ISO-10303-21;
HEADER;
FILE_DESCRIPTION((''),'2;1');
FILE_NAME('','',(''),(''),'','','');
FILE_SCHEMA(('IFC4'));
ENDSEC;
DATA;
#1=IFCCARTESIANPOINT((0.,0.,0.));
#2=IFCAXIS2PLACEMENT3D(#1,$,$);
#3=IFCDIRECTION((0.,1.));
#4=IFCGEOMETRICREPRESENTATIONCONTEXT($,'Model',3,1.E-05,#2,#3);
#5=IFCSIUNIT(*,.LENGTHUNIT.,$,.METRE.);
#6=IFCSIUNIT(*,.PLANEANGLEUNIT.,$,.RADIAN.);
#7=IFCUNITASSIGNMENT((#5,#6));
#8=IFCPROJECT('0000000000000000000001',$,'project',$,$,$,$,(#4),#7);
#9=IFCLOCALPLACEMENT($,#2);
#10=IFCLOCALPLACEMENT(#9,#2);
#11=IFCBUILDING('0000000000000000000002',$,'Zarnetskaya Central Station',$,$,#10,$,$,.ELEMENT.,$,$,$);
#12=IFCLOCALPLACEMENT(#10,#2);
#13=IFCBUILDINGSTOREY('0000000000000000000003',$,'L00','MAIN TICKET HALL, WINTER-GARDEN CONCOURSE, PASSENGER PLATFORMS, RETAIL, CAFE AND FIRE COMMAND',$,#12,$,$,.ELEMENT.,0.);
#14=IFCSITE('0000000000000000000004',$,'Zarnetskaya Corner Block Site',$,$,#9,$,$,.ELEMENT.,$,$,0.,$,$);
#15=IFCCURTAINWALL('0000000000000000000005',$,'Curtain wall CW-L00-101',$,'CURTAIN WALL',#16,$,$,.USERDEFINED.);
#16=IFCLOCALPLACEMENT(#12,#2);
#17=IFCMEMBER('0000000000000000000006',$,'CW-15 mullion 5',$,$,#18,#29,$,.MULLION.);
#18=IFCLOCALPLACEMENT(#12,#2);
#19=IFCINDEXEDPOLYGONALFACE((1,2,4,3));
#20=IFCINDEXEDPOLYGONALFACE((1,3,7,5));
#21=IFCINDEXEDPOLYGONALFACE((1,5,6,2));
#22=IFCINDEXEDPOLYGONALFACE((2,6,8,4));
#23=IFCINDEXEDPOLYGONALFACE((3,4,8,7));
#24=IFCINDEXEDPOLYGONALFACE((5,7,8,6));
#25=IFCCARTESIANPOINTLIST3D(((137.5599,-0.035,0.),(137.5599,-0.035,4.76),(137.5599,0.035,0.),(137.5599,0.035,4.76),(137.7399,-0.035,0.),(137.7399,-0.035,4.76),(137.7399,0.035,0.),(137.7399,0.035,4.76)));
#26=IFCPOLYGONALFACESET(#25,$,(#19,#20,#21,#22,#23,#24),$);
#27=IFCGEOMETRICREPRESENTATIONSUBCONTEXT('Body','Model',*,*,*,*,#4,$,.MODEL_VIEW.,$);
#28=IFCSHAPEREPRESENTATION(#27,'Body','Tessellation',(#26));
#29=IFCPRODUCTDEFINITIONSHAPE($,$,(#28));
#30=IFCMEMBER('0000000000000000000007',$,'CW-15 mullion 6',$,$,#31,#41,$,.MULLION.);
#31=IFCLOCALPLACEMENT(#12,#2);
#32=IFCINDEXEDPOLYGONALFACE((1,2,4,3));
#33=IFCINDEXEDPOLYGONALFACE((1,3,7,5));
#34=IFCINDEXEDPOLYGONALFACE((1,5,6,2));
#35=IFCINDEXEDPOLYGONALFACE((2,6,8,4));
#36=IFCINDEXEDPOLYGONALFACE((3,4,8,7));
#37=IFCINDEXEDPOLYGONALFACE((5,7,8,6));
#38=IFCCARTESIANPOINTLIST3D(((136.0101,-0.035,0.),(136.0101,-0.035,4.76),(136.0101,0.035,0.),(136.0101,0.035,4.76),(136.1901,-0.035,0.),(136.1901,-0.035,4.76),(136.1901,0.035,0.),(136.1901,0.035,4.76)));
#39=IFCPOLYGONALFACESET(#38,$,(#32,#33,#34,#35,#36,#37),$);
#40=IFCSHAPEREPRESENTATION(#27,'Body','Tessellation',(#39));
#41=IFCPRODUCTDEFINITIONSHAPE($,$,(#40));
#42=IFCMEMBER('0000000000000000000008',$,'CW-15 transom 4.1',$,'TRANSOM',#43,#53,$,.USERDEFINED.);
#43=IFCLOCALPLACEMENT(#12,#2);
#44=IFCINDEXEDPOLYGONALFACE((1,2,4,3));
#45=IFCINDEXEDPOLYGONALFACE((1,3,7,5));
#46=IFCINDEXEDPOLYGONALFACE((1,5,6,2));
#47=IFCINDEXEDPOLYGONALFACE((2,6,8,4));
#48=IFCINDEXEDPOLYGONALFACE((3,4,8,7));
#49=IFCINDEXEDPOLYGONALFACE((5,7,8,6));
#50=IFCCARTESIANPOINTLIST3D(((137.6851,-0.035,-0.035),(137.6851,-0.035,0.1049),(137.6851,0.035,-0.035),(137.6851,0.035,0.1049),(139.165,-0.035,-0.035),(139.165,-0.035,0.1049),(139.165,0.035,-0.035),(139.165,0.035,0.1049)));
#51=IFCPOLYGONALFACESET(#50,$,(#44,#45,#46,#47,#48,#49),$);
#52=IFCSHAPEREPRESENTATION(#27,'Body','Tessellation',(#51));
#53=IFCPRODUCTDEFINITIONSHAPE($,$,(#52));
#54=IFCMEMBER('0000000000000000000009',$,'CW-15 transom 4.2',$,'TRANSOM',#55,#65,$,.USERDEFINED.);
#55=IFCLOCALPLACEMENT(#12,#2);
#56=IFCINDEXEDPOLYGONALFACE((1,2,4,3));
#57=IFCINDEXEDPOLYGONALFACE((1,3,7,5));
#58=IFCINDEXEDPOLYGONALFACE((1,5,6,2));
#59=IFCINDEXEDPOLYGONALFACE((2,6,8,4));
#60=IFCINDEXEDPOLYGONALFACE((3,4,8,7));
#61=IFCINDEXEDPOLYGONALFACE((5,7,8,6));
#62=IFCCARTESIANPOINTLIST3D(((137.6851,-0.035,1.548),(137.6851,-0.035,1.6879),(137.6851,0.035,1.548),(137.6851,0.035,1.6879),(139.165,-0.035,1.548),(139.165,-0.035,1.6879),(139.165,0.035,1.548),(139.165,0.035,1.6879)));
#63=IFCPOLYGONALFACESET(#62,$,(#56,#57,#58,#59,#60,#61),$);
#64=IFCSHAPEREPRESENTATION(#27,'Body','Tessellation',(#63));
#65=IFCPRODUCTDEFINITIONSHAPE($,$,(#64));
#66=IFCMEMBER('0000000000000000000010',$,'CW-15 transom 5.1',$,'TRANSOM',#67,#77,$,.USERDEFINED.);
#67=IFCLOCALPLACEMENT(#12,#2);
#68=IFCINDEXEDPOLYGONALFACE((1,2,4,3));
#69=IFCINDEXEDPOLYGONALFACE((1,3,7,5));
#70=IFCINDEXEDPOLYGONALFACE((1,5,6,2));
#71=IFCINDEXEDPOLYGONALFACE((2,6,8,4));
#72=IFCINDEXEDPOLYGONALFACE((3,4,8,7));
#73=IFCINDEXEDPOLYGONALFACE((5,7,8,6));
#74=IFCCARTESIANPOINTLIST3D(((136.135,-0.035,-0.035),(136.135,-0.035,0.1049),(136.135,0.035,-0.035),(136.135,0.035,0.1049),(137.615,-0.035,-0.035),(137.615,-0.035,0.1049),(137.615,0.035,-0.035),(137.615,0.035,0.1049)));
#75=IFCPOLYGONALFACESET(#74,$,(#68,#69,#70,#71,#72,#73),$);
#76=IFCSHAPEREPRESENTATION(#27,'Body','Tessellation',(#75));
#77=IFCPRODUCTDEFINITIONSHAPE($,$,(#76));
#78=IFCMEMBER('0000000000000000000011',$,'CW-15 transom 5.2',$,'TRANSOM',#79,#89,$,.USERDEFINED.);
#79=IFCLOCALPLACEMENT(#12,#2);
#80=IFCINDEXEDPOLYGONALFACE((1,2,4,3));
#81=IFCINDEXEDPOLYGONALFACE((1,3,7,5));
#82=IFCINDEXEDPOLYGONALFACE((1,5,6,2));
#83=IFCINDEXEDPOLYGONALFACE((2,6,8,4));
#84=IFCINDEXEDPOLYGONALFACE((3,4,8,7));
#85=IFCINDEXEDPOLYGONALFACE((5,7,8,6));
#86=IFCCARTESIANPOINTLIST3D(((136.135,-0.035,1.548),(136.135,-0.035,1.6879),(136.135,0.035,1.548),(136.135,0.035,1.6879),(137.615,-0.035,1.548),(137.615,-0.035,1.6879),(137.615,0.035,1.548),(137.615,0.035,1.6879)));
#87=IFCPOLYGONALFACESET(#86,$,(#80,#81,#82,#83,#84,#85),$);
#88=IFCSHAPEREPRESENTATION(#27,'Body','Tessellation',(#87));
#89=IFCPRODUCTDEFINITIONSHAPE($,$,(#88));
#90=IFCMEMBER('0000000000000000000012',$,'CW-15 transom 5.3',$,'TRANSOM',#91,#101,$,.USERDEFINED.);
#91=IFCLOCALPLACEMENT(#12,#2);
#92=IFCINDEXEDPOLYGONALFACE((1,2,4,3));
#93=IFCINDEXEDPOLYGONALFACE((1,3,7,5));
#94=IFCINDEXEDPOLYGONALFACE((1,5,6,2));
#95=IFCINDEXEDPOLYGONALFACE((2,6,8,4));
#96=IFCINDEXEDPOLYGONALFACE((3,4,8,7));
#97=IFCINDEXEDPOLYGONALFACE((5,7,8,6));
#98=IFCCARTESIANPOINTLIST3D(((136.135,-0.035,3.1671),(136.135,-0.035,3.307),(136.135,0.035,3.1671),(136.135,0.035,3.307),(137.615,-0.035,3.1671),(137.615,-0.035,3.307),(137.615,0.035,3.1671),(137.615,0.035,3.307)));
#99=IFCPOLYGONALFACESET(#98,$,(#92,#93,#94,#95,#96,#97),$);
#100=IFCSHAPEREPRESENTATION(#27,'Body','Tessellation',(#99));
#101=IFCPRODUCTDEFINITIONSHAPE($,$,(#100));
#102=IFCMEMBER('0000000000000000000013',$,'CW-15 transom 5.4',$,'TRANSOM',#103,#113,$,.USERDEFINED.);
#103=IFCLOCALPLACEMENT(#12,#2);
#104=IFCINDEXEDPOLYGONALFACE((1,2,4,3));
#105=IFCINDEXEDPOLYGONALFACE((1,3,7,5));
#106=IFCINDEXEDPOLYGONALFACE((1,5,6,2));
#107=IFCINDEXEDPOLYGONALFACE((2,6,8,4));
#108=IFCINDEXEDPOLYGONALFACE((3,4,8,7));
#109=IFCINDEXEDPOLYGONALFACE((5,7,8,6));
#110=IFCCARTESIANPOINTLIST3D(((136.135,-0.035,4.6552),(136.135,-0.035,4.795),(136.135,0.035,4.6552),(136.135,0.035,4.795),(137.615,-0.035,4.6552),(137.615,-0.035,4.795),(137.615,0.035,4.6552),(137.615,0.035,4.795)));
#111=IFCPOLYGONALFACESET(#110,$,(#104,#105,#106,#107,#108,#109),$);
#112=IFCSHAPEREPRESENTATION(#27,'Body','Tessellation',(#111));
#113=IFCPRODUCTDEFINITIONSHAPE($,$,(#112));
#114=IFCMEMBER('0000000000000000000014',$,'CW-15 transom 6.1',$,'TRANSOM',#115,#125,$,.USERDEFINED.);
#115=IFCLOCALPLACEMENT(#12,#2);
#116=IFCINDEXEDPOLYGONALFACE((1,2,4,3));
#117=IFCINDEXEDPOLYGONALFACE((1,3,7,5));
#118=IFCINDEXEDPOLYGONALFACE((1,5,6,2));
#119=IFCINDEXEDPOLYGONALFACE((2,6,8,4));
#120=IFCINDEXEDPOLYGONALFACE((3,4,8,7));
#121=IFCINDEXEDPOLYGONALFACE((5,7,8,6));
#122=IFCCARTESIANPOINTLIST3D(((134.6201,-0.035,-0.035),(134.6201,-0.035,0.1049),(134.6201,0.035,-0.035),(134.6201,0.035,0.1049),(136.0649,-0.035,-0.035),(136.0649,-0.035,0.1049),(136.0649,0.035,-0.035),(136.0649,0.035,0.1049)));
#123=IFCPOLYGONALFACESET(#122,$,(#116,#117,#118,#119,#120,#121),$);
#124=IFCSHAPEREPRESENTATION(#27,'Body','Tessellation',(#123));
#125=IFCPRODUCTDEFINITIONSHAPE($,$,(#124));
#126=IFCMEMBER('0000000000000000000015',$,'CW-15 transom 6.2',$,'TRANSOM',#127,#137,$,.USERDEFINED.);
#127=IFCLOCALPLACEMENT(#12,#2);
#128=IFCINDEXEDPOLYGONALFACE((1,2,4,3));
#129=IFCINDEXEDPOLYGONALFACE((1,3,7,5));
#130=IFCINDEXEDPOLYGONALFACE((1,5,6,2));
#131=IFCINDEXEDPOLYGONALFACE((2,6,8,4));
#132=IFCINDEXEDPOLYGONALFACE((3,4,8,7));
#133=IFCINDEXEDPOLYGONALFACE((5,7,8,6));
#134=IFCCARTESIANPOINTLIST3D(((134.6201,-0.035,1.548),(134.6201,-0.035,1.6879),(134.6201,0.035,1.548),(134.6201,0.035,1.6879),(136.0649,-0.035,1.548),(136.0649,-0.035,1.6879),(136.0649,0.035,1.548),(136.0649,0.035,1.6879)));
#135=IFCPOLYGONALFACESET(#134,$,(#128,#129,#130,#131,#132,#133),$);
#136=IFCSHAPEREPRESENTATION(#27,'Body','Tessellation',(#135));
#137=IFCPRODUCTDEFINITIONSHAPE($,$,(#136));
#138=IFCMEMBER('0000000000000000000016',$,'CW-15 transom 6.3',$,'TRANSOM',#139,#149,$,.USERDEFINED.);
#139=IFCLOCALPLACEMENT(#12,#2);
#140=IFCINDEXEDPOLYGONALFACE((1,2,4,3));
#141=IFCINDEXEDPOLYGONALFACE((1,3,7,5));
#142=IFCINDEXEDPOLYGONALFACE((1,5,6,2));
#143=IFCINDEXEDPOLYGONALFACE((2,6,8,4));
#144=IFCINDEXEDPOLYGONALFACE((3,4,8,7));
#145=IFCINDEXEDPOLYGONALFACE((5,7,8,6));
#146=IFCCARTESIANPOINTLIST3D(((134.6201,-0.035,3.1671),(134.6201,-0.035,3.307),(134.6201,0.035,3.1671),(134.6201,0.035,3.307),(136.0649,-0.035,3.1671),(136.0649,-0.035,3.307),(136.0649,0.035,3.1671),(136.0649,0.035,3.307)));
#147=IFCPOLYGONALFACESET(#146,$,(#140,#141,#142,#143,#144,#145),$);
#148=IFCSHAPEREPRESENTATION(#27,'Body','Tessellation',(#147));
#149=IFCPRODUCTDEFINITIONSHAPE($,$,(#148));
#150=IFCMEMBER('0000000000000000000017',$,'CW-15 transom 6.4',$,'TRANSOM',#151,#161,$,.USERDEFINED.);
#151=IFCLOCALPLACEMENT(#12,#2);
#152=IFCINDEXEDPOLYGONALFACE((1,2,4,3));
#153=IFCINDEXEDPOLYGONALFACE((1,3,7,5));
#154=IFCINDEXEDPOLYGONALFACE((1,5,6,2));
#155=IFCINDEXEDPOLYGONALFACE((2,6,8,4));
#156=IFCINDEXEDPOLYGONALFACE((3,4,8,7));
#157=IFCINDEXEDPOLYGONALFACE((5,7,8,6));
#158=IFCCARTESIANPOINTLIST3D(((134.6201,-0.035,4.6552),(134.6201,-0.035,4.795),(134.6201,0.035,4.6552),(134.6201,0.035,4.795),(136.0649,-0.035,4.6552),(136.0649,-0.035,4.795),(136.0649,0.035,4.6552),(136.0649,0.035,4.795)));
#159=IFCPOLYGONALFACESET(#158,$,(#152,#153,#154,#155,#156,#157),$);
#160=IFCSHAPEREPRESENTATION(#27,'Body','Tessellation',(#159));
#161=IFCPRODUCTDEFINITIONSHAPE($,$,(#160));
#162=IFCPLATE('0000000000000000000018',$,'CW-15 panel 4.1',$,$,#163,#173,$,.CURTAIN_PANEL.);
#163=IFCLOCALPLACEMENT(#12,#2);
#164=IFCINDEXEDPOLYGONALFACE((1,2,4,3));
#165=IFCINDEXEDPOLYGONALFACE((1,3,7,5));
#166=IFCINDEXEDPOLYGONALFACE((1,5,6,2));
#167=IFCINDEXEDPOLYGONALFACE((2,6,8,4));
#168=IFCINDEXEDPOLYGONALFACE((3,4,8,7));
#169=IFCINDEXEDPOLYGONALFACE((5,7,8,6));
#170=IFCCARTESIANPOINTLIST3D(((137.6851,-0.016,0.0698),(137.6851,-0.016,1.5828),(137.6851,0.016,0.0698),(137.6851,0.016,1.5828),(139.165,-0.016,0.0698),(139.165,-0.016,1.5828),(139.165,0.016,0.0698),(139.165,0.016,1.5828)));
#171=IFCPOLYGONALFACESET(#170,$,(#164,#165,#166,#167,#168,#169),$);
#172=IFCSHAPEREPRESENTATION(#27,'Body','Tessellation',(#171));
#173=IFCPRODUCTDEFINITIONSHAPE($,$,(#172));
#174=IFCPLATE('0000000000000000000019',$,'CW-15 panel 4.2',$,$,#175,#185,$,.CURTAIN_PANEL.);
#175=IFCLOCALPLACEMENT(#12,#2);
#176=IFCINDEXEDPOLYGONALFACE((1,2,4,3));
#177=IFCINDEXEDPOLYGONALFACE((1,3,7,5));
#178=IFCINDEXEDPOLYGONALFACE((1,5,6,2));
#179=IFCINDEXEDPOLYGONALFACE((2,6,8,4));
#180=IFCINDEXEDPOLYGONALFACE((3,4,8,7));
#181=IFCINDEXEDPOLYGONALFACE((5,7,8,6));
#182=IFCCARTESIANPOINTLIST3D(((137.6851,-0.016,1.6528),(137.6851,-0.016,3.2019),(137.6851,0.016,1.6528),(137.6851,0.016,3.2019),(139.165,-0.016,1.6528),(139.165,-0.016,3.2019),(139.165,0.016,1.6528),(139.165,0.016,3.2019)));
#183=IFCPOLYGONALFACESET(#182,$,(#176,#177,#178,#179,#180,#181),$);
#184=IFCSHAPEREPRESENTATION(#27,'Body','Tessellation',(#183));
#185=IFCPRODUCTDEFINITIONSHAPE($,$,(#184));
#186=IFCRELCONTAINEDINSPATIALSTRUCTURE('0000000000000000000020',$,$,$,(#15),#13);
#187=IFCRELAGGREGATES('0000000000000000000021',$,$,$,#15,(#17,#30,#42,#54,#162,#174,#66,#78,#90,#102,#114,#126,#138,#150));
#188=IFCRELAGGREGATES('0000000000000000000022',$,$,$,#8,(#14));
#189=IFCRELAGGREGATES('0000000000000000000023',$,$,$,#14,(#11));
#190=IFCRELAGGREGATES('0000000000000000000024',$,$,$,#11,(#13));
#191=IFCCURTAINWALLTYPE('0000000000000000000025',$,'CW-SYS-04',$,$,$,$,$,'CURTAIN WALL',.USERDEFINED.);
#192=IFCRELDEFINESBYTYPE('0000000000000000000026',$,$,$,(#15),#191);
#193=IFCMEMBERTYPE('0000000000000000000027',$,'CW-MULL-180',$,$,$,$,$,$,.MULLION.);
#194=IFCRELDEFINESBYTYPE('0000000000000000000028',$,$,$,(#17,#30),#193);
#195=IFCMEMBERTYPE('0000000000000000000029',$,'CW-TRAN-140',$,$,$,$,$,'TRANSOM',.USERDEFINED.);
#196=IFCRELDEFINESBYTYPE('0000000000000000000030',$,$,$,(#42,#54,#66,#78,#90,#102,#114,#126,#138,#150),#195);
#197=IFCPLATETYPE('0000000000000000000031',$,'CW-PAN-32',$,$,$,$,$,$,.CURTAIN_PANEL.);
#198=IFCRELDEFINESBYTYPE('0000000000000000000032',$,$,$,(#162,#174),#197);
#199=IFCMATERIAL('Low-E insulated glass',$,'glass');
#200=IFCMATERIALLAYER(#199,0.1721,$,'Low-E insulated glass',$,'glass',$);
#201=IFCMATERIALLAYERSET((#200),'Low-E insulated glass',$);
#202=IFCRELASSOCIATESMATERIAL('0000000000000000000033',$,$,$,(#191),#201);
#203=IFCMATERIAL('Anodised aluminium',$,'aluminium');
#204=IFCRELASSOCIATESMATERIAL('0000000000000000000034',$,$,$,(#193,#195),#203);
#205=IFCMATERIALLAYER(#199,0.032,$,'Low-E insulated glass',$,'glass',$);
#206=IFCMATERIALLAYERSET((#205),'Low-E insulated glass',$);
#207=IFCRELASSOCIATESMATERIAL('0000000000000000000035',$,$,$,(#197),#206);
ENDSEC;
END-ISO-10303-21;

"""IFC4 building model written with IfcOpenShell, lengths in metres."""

from ifc_helpers import new_model, si_unit, direction, frame, origin, origin_2d, place, context, subcontext, project, spatial, rectangle, extrude, material, layer, layer_set, material_profile, profile_set, type_object, element, aggregate, save


model = new_model("IFC4")

# Units and contexts
model_context = context("Model", 3, precision=1e-05, world=origin(), true_north=direction((0.0, 1.0)))
body_context = subcontext(model_context, "Body", "Model", "MODEL_VIEW")
ifc_project = project(units=[si_unit("LENGTHUNIT", "METRE"), si_unit("PLANEANGLEUNIT", "RADIAN")], contexts=[model_context])

# Site, building, storey
site_placement = place(None, origin())
site = spatial("IfcSite", under=ifc_project, at=site_placement, Name="Zarnetskaya Corner Block Site", CompositionType="ELEMENT", RefElevation=0.0)
building_placement = place(site_placement, origin())
building = spatial("IfcBuilding", under=site, at=building_placement, Name="Zarnetskaya Central Station", CompositionType="ELEMENT")
storey_placement = place(building_placement, origin())
storey = spatial("IfcBuildingStorey", under=building, at=storey_placement, Name="L00", Description="MAIN TICKET HALL, WINTER-GARDEN CONCOURSE, PASSENGER PLATFORMS, RETAIL, CAFE AND FIRE COMMAND", CompositionType="ELEMENT", Elevation=0.0)

# Curtain wall, members, plates
ifc_material_1 = material(Name="Low-E insulated glass", Category="glass")
ifc_layer_1 = layer(ifc_material_1, 0.1721, Name="Low-E insulated glass", Category="glass")
ifc_layer_set_1 = layer_set([ifc_layer_1], Name="Low-E insulated glass")
curtain_wall_type = type_object("IfcCurtainWallType", Name="CW-SYS-04", ElementType="CURTAIN WALL", PredefinedType="USERDEFINED", material=ifc_layer_set_1)
curtain_wall_placement = place(storey_placement, origin())
curtain_wall = element("IfcCurtainWall", 1, at=curtain_wall_placement, inside=storey, type_object=curtain_wall_type, Name="Curtain wall CW-L00-101", ObjectType="CURTAIN WALL", PredefinedType="USERDEFINED")
ifc_material_2 = material(Name="Anodised aluminium", Category="aluminium")
ifc_material_profile_1 = material_profile(ifc_material_2, rectangle(XDim=0.0701, YDim=0.1799, at=origin_2d()), Name="ALU MULL 70x180")
ifc_profile_set_1 = profile_set([ifc_material_profile_1], Name="Anodised aluminium")
member_type_1 = type_object("IfcMemberType", Name="CW-MULL-180", PredefinedType="MULLION", material=ifc_profile_set_1)
member_1_placement = place(storey_placement, frame((137.6499, 0.0, 0.0), z_axis=(0.0, 0.0, 1.0), x_axis=(0.0, -1.0, 0.0)))
member_1 = element("IfcMember", 2, at=member_1_placement, type_object=member_type_1, Name="CW-15 mullion 5", PredefinedType="MULLION", context=body_context, shape_type="SweptSolid", body=[
    extrude(rectangle(XDim=0.0701, YDim=0.1799, at=origin_2d()), origin(), (0.0, 0.0, 1.0), 4.76),
])
member_2_placement = place(storey_placement, frame((136.1001, 0.0, 0.0), z_axis=(0.0, 0.0, 1.0), x_axis=(0.0, -1.0, 0.0)))
member_2 = element("IfcMember", 3, at=member_2_placement, type_object=member_type_1, Name="CW-15 mullion 6", PredefinedType="MULLION", context=body_context, shape_type="SweptSolid", body=[
    extrude(rectangle(XDim=0.0701, YDim=0.1799, at=origin_2d()), origin(), (0.0, 0.0, 1.0), 4.76),
])
ifc_material_profile_2 = material_profile(ifc_material_2, rectangle(XDim=0.0701, YDim=0.1399, at=origin_2d()), Name="ALU TRAN 70x140")
ifc_profile_set_2 = profile_set([ifc_material_profile_2], Name="Anodised aluminium")
member_type_2 = type_object("IfcMemberType", Name="CW-TRAN-140", ElementType="TRANSOM", PredefinedType="USERDEFINED", material=ifc_profile_set_2)
member_3_placement = place(storey_placement, frame((139.165, 0.0, 0.0349), z_axis=(-1.0, 0.0, 0.0), x_axis=(0.0, -1.0, 0.0)))
member_3 = element("IfcMember", 4, at=member_3_placement, type_object=member_type_2, Name="CW-15 transom 4.1", ObjectType="TRANSOM", PredefinedType="USERDEFINED", context=body_context, shape_type="SweptSolid", body=[
    extrude(rectangle(XDim=0.0701, YDim=0.1399, at=origin_2d()), origin(), (0.0, 0.0, 1.0), 1.48),
])
member_4_placement = place(storey_placement, frame((139.165, 0.0, 1.6179), z_axis=(-1.0, 0.0, 0.0), x_axis=(0.0, -1.0, 0.0)))
member_4 = element("IfcMember", 5, at=member_4_placement, type_object=member_type_2, Name="CW-15 transom 4.2", ObjectType="TRANSOM", PredefinedType="USERDEFINED", context=body_context, shape_type="SweptSolid", body=[
    extrude(rectangle(XDim=0.0701, YDim=0.1399, at=origin_2d()), origin(), (0.0, 0.0, 1.0), 1.48),
])
member_5_placement = place(storey_placement, frame((137.615, 0.0, 0.0349), z_axis=(-1.0, 0.0, 0.0), x_axis=(0.0, -1.0, 0.0)))
member_5 = element("IfcMember", 6, at=member_5_placement, type_object=member_type_2, Name="CW-15 transom 5.1", ObjectType="TRANSOM", PredefinedType="USERDEFINED", context=body_context, shape_type="SweptSolid", body=[
    extrude(rectangle(XDim=0.0701, YDim=0.1399, at=origin_2d()), origin(), (0.0, 0.0, 1.0), 1.48),
])
member_6_placement = place(storey_placement, frame((137.615, 0.0, 1.6179), z_axis=(-1.0, 0.0, 0.0), x_axis=(0.0, -1.0, 0.0)))
member_6 = element("IfcMember", 7, at=member_6_placement, type_object=member_type_2, Name="CW-15 transom 5.2", ObjectType="TRANSOM", PredefinedType="USERDEFINED", context=body_context, shape_type="SweptSolid", body=[
    extrude(rectangle(XDim=0.0701, YDim=0.1399, at=origin_2d()), origin(), (0.0, 0.0, 1.0), 1.48),
])
member_7_placement = place(storey_placement, frame((137.615, 0.0, 3.2371), z_axis=(-1.0, 0.0, 0.0), x_axis=(0.0, -1.0, 0.0)))
member_7 = element("IfcMember", 8, at=member_7_placement, type_object=member_type_2, Name="CW-15 transom 5.3", ObjectType="TRANSOM", PredefinedType="USERDEFINED", context=body_context, shape_type="SweptSolid", body=[
    extrude(rectangle(XDim=0.0701, YDim=0.1399, at=origin_2d()), origin(), (0.0, 0.0, 1.0), 1.48),
])
member_8_placement = place(storey_placement, frame((137.615, 0.0, 4.7251), z_axis=(-1.0, 0.0, 0.0), x_axis=(0.0, -1.0, 0.0)))
member_8 = element("IfcMember", 9, at=member_8_placement, type_object=member_type_2, Name="CW-15 transom 5.4", ObjectType="TRANSOM", PredefinedType="USERDEFINED", context=body_context, shape_type="SweptSolid", body=[
    extrude(rectangle(XDim=0.0701, YDim=0.1399, at=origin_2d()), origin(), (0.0, 0.0, 1.0), 1.48),
])
member_9_placement = place(storey_placement, frame((136.0649, 0.0, 0.0349), z_axis=(-1.0, 0.0, 0.0), x_axis=(0.0, -1.0, 0.0)))
member_9 = element("IfcMember", 10, at=member_9_placement, type_object=member_type_2, Name="CW-15 transom 6.1", ObjectType="TRANSOM", PredefinedType="USERDEFINED", context=body_context, shape_type="SweptSolid", body=[
    extrude(rectangle(XDim=0.0701, YDim=0.1399, at=origin_2d()), origin(), (0.0, 0.0, 1.0), 1.4448),
])
member_10_placement = place(storey_placement, frame((136.0649, 0.0, 1.6179), z_axis=(-1.0, 0.0, 0.0), x_axis=(0.0, -1.0, 0.0)))
member_10 = element("IfcMember", 11, at=member_10_placement, type_object=member_type_2, Name="CW-15 transom 6.2", ObjectType="TRANSOM", PredefinedType="USERDEFINED", context=body_context, shape_type="SweptSolid", body=[
    extrude(rectangle(XDim=0.0701, YDim=0.1399, at=origin_2d()), origin(), (0.0, 0.0, 1.0), 1.4448),
])
member_11_placement = place(storey_placement, frame((136.0649, 0.0, 3.2371), z_axis=(-1.0, 0.0, 0.0), x_axis=(0.0, -1.0, 0.0)))
member_11 = element("IfcMember", 12, at=member_11_placement, type_object=member_type_2, Name="CW-15 transom 6.3", ObjectType="TRANSOM", PredefinedType="USERDEFINED", context=body_context, shape_type="SweptSolid", body=[
    extrude(rectangle(XDim=0.0701, YDim=0.1399, at=origin_2d()), origin(), (0.0, 0.0, 1.0), 1.4448),
])
member_12_placement = place(storey_placement, frame((136.0649, 0.0, 4.7251), z_axis=(-1.0, 0.0, 0.0), x_axis=(0.0, -1.0, 0.0)))
member_12 = element("IfcMember", 13, at=member_12_placement, type_object=member_type_2, Name="CW-15 transom 6.4", ObjectType="TRANSOM", PredefinedType="USERDEFINED", context=body_context, shape_type="SweptSolid", body=[
    extrude(rectangle(XDim=0.0701, YDim=0.1399, at=origin_2d()), origin(), (0.0, 0.0, 1.0), 1.4448),
])
ifc_layer_2 = layer(ifc_material_1, 0.032, Name="Low-E insulated glass", Category="glass")
ifc_layer_set_2 = layer_set([ifc_layer_2], Name="Low-E insulated glass")
plate_type = type_object("IfcPlateType", Name="CW-PAN-32", PredefinedType="CURTAIN_PANEL", material=ifc_layer_set_2)
plate_1_placement = place(storey_placement, frame((138.425, 0.0, 0.0698), z_axis=(0.0, 0.0, 1.0), x_axis=(-1.0, 0.0, 0.0)))
plate_1 = element("IfcPlate", 14, at=plate_1_placement, type_object=plate_type, Name="CW-15 panel 4.1", PredefinedType="CURTAIN_PANEL", context=body_context, shape_type="SweptSolid", body=[
    extrude(rectangle(XDim=1.48, YDim=0.032, at=origin_2d()), origin(), (0.0, 0.0, 1.0), 1.5129),
])
plate_2_placement = place(storey_placement, frame((138.425, 0.0, 1.6528), z_axis=(0.0, 0.0, 1.0), x_axis=(-1.0, 0.0, 0.0)))
plate_2 = element("IfcPlate", 15, at=plate_2_placement, type_object=plate_type, Name="CW-15 panel 4.2", PredefinedType="CURTAIN_PANEL", context=body_context, shape_type="SweptSolid", body=[
    extrude(rectangle(XDim=1.48, YDim=0.032, at=origin_2d()), origin(), (0.0, 0.0, 1.0), 1.5491),
])
aggregate(curtain_wall, [member_1, member_2, member_3, member_4, plate_1, plate_2, member_5, member_6, member_7, member_8, member_9, member_10, member_11, member_12])

save(model, "model.ifc")
